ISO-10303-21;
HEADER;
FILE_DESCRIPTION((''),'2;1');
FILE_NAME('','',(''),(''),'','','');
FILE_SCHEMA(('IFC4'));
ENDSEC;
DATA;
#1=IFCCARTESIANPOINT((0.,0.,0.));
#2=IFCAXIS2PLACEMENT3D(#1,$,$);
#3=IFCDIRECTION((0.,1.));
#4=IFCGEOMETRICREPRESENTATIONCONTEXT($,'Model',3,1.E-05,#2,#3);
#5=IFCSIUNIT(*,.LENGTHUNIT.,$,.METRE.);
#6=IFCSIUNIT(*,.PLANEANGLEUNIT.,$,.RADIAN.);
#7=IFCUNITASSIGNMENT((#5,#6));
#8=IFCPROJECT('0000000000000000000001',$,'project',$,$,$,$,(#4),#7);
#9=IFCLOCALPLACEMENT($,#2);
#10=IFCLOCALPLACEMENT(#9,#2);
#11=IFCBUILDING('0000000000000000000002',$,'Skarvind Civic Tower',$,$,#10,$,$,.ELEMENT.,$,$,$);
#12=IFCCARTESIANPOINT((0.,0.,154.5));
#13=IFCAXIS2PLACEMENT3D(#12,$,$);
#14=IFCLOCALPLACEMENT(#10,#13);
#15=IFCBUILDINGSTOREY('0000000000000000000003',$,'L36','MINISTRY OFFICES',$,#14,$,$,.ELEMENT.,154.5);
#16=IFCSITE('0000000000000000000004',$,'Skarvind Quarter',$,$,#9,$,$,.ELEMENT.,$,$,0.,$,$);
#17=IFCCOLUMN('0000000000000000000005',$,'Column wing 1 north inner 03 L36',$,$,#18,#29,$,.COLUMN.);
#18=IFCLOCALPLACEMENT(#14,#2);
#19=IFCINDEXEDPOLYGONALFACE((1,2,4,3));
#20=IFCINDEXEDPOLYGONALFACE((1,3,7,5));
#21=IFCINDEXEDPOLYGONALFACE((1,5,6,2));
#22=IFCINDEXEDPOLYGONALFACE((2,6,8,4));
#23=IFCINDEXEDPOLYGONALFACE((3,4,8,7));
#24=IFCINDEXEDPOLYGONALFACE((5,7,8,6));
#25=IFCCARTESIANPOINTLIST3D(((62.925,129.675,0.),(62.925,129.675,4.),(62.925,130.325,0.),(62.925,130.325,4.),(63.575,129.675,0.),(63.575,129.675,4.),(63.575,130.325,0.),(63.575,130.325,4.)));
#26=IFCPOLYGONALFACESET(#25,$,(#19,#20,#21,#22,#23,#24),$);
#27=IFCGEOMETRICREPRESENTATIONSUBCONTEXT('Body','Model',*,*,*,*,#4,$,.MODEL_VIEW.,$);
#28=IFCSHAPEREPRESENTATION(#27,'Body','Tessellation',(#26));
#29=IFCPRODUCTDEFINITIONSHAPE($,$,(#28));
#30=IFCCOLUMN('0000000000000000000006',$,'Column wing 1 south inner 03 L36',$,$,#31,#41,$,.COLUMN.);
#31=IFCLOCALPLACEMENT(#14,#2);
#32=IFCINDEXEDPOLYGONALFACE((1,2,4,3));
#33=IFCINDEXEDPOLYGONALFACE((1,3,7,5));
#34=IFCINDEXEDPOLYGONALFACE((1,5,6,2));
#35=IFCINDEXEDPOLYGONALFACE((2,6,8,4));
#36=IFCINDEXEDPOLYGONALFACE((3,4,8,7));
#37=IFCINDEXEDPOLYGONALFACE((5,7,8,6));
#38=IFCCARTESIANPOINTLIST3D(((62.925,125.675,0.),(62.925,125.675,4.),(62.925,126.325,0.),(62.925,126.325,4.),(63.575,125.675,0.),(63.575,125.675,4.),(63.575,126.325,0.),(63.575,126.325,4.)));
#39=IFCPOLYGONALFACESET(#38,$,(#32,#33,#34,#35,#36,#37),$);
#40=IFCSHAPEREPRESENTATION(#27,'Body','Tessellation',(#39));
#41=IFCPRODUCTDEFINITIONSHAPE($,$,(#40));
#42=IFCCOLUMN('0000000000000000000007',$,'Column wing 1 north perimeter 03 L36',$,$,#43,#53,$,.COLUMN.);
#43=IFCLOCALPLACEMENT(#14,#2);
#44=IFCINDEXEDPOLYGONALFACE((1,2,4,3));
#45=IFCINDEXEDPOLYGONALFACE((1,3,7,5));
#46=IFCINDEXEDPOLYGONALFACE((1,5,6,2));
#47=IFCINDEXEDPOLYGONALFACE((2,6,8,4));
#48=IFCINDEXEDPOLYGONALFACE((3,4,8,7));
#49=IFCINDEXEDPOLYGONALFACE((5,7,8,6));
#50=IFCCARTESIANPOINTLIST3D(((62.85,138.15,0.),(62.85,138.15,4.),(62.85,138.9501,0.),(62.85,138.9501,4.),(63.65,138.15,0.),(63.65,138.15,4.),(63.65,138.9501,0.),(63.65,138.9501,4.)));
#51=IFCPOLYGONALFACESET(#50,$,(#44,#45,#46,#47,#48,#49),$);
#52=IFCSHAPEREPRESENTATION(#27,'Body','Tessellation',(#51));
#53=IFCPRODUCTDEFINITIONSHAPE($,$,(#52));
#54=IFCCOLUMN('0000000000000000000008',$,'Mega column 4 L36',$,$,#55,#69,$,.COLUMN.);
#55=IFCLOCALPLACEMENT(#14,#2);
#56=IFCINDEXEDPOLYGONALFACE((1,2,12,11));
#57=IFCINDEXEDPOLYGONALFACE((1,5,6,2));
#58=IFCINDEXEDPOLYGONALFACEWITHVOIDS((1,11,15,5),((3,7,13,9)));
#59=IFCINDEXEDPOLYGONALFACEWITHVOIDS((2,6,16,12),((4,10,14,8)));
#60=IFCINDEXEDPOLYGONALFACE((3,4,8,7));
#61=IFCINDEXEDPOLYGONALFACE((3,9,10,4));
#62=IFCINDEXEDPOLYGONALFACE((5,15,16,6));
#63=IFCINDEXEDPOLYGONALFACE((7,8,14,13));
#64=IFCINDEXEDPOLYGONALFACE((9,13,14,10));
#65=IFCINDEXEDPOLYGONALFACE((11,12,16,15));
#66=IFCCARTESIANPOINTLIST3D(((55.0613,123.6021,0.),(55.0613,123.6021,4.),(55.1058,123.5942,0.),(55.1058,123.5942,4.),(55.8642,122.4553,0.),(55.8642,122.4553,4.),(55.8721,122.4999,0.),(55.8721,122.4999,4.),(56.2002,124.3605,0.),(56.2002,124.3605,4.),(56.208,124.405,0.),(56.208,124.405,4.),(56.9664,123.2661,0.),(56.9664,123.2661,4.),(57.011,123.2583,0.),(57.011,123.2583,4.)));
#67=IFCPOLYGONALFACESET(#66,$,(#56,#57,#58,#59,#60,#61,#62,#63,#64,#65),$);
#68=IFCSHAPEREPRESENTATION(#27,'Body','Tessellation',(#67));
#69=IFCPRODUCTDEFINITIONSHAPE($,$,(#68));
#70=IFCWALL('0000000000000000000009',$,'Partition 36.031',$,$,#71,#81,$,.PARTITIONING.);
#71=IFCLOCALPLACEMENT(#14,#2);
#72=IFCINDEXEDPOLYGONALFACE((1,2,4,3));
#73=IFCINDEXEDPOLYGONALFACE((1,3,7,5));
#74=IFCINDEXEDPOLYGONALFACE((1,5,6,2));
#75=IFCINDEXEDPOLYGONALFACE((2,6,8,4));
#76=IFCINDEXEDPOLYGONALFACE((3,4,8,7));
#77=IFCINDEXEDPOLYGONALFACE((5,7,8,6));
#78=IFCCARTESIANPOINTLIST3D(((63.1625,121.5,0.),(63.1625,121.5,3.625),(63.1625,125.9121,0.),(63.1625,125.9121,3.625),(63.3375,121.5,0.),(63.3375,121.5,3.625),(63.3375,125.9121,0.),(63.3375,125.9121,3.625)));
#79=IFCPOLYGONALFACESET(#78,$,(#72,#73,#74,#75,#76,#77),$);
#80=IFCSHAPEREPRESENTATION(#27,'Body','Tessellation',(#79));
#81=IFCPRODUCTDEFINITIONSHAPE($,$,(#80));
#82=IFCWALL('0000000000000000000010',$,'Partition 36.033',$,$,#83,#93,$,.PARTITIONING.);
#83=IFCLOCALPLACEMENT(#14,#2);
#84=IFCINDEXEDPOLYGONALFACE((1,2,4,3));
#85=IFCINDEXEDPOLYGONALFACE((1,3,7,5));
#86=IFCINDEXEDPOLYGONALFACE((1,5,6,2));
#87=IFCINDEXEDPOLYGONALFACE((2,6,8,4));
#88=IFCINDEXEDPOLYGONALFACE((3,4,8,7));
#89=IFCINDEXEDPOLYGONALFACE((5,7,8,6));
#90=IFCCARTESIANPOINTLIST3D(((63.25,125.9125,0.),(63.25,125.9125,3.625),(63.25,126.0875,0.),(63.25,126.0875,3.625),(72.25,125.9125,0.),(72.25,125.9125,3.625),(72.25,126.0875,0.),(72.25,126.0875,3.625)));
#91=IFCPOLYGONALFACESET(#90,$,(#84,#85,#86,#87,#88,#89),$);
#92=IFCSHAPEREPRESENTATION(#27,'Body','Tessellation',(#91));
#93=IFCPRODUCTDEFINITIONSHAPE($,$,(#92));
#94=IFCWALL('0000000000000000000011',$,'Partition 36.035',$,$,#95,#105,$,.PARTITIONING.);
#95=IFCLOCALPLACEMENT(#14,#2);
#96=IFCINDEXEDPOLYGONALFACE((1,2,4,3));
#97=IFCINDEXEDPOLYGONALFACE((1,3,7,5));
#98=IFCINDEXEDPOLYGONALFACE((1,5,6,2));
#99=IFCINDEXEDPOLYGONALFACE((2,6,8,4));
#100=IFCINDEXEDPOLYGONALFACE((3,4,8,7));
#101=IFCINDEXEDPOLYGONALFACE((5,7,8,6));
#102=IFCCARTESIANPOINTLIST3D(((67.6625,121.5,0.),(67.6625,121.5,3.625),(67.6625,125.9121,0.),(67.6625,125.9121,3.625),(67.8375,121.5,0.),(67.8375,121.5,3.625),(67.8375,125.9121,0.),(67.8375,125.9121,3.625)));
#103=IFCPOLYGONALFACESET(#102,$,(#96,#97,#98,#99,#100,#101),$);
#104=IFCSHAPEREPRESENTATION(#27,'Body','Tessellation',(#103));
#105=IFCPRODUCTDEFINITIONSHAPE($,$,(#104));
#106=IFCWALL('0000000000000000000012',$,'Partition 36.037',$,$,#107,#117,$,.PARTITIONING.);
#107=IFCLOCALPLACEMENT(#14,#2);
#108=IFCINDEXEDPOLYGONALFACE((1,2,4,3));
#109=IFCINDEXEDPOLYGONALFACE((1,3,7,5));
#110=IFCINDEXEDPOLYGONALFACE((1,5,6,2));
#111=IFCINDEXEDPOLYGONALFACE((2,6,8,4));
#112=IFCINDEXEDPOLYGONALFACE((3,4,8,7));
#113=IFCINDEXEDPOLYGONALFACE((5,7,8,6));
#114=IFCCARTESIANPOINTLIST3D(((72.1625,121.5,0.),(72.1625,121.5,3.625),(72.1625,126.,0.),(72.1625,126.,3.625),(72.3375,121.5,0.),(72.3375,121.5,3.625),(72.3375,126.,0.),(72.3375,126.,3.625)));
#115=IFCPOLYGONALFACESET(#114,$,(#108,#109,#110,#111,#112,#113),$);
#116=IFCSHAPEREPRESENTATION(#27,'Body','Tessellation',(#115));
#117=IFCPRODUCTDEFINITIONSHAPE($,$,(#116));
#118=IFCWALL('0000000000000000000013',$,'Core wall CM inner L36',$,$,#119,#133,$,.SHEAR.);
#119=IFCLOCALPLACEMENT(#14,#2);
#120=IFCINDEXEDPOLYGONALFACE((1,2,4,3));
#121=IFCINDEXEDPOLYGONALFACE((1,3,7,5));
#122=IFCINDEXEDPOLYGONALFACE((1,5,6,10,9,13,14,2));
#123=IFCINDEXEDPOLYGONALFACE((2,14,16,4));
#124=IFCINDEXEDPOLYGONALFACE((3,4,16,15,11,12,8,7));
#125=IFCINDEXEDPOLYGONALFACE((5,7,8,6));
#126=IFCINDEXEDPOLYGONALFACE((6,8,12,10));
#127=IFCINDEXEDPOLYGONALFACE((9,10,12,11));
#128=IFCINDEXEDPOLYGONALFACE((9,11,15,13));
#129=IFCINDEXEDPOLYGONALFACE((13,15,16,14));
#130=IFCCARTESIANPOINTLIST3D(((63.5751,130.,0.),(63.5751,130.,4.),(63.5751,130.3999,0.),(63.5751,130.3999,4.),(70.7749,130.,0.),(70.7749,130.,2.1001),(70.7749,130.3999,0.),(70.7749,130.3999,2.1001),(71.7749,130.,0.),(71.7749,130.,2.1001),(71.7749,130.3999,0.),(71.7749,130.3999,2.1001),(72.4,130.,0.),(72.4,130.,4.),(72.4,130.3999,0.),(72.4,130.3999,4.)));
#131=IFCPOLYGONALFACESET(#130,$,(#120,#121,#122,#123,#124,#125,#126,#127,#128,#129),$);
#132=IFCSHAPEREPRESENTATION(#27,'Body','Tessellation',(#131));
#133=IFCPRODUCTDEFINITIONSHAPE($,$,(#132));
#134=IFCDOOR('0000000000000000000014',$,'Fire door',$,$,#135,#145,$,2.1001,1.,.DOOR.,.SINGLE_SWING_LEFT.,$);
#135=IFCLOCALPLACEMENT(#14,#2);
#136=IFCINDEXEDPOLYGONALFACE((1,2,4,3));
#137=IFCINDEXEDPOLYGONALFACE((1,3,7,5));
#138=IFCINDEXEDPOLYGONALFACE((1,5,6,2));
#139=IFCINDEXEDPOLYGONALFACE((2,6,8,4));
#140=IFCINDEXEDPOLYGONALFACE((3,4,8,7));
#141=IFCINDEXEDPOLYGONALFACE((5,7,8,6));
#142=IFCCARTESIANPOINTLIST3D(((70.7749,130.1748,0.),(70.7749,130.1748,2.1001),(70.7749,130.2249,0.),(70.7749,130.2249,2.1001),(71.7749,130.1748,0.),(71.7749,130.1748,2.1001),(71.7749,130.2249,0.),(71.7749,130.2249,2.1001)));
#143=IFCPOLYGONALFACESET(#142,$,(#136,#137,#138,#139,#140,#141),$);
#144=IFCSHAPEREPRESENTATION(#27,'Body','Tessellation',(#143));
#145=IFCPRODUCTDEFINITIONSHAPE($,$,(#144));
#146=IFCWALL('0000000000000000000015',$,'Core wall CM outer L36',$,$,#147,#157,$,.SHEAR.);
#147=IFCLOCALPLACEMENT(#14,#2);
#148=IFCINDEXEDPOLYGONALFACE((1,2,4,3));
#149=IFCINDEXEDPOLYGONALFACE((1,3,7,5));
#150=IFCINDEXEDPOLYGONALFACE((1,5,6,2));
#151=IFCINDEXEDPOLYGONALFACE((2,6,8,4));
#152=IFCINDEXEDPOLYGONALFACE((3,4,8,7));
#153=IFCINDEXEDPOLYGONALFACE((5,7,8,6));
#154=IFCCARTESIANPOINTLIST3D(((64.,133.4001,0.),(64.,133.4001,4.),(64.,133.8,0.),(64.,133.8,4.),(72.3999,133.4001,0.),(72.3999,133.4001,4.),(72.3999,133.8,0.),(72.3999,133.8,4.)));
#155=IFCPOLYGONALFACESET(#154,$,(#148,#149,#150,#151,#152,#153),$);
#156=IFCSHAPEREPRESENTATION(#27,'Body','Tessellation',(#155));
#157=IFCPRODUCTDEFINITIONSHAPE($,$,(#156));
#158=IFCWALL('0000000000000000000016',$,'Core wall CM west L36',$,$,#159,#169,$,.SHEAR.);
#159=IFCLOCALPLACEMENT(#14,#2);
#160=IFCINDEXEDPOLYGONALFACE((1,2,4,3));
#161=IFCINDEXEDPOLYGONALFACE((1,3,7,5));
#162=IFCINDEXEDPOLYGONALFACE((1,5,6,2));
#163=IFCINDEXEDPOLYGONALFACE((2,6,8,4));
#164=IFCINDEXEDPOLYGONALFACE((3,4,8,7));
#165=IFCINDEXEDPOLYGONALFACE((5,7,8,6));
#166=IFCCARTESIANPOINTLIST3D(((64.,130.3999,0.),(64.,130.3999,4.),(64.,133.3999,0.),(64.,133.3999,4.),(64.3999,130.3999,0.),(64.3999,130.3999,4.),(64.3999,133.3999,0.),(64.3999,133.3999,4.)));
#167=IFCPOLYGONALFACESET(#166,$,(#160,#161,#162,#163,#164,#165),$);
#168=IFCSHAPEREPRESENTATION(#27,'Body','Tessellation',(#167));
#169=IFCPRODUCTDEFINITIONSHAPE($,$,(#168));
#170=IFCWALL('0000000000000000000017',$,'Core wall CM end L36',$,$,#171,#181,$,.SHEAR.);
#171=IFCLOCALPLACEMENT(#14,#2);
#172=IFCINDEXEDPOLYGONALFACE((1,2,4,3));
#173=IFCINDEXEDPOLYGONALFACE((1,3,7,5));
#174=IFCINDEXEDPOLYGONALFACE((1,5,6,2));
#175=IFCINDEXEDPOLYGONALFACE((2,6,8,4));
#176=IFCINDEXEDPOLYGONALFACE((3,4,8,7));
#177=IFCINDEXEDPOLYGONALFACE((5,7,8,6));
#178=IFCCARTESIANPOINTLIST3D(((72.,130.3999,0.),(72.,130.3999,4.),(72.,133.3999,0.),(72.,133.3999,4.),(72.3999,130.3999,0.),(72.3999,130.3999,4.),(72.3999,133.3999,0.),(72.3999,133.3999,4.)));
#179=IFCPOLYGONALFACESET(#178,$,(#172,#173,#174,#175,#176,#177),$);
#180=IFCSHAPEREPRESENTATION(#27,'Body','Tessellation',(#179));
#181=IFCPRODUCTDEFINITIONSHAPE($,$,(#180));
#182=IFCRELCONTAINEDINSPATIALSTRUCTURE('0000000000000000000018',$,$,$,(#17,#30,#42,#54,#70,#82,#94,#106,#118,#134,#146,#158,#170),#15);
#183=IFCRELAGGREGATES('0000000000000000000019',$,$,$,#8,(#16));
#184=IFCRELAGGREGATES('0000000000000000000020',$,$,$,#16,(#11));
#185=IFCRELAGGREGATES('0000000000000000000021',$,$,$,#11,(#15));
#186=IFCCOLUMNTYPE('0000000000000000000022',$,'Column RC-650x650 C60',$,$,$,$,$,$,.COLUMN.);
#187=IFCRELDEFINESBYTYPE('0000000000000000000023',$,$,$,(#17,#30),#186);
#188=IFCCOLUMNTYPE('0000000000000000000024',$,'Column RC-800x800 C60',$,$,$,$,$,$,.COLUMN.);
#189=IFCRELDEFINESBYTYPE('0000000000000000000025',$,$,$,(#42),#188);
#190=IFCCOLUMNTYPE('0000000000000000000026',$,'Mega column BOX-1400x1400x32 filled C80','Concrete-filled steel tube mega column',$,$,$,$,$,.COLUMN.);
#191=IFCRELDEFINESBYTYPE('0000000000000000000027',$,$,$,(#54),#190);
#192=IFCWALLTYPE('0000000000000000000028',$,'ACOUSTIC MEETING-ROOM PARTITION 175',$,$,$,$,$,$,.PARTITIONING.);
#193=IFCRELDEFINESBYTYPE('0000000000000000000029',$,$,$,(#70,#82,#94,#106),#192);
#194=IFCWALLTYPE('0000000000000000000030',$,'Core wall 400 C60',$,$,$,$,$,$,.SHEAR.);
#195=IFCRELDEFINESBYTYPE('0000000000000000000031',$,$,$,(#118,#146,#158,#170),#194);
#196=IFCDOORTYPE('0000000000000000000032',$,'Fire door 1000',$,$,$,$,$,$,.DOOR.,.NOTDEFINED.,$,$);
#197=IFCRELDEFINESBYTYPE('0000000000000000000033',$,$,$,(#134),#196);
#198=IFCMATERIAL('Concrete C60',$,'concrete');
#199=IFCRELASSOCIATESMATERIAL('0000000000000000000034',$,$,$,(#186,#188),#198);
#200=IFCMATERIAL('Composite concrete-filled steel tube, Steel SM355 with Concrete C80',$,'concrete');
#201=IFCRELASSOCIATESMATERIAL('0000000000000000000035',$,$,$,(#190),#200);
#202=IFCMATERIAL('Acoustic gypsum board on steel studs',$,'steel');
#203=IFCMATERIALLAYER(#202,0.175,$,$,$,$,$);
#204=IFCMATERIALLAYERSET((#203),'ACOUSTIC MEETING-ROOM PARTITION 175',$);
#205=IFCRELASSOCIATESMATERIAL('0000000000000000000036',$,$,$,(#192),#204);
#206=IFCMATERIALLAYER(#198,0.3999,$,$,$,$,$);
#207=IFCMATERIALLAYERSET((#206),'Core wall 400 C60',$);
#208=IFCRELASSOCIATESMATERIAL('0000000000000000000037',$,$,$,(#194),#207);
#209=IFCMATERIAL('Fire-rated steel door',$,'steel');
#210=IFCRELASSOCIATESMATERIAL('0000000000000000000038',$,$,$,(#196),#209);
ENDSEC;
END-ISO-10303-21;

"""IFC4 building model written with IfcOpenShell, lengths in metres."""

from ifc_helpers import new_model, si_unit, direction, frame, frame_2d, origin, origin_2d, place, context, subcontext, project, spatial, rectangle, hollow_rectangle, extrude, material, layer, layer_set, material_profile, profile_set, type_object, element, fill, save


model = new_model("IFC4")

# Units and contexts
model_context = context("Model", 3, precision=1e-05, world=origin(), true_north=direction((0.0, 1.0)))
body_context = subcontext(model_context, "Body", "Model", "MODEL_VIEW")
ifc_project = project(units=[si_unit("LENGTHUNIT", "METRE"), si_unit("PLANEANGLEUNIT", "RADIAN")], contexts=[model_context])

# Site, building, storey
site_placement = place(None, origin())
site = spatial("IfcSite", under=ifc_project, at=site_placement, Name="Skarvind Quarter", CompositionType="ELEMENT", RefElevation=0.0)
building_placement = place(site_placement, origin())
building = spatial("IfcBuilding", under=site, at=building_placement, Name="Skarvind Civic Tower", CompositionType="ELEMENT")
storey_placement = place(building_placement, frame((0.0, 0.0, 154.5)))
storey = spatial("IfcBuildingStorey", under=building, at=storey_placement, Name="L36", Description="MINISTRY OFFICES", CompositionType="ELEMENT", Elevation=154.5)

# Columns
ifc_material_1 = material(Name="Concrete C60", Category="concrete")
ifc_material_profile_1 = material_profile(ifc_material_1, rectangle(XDim=0.6499, YDim=0.6499, at=origin_2d()), Name="RC-650x650")
ifc_profile_set_1 = profile_set([ifc_material_profile_1], Name="Concrete C60")
column_type_1 = type_object("IfcColumnType", Name="Column RC-650x650 C60", PredefinedType="COLUMN", material=ifc_profile_set_1)
for number, where, z_axis, x_axis, name in (
    (1, (63.25, 130.0, 0.0), (0.0, 0.0, 1.0), (1.0, 0.0, 0.0), "Column wing 1 north inner 03 L36"),
    (2, (63.25, 126.0, 0.0), (0.0, 0.0, 1.0), (1.0, 0.0, 0.0), "Column wing 1 south inner 03 L36"),
):
    element("IfcColumn", number, at=place(storey_placement, frame(where, z_axis=z_axis, x_axis=x_axis)), inside=storey, type_object=column_type_1, Name=name, PredefinedType="COLUMN", context=body_context, shape_type="SweptSolid", body=[
        extrude(rectangle(XDim=0.6499, YDim=0.6499, at=origin_2d()), origin(), (0.0, 0.0, 1.0), 4.0),
    ])
ifc_material_profile_2 = material_profile(ifc_material_1, rectangle(XDim=0.8, YDim=0.8, at=origin_2d()), Name="RC-800x800")
ifc_profile_set_2 = profile_set([ifc_material_profile_2], Name="Concrete C60")
column_type_2 = type_object("IfcColumnType", Name="Column RC-800x800 C60", PredefinedType="COLUMN", material=ifc_profile_set_2)
column_1_placement = place(storey_placement, frame((63.25, 138.55, 0.0), z_axis=(0.0, 0.0, 1.0), x_axis=(1.0, 0.0, 0.0)))
element("IfcColumn", 3, at=column_1_placement, inside=storey, type_object=column_type_2, Name="Column wing 1 north perimeter 03 L36", PredefinedType="COLUMN", context=body_context, shape_type="SweptSolid", body=[
    extrude(rectangle(XDim=0.8, YDim=0.8, at=origin_2d()), origin(), (0.0, 0.0, 1.0), 4.0),
])
ifc_material_2 = material(Name="Composite concrete-filled steel tube, Steel SM355 with Concrete C80", Category="concrete")
ifc_material_profile_3 = material_profile(ifc_material_2, hollow_rectangle(XDim=1.3999, YDim=1.3999, WallThickness=0.032, at=origin_2d()), Name="BOX-1400x1400x32")
ifc_profile_set_3 = profile_set([ifc_material_profile_3], Name="Composite concrete-filled steel tube, Steel SM355 with Concrete C80")
column_type_3 = type_object("IfcColumnType", Name="Mega column BOX-1400x1400x32 filled C80", Description="Concrete-filled steel tube mega column", PredefinedType="COLUMN", material=ifc_profile_set_3)
column_2_placement = place(storey_placement, frame((56.0361, 123.4302, 0.0), z_axis=(0.0, 0.0, 1.0), x_axis=(0.573576, -0.819152, 0.0)))
element("IfcColumn", 4, at=column_2_placement, inside=storey, type_object=column_type_3, Name="Mega column 4 L36", PredefinedType="COLUMN", context=body_context, shape_type="SweptSolid", body=[
    extrude(hollow_rectangle(XDim=1.3999, YDim=1.3999, WallThickness=0.032, at=origin_2d()), origin(), (0.0, 0.0, 1.0), 4.0),
])

# Walls
ifc_material_3 = material(Name="Acoustic gypsum board on steel studs", Category="steel")
ifc_layer_1 = layer(ifc_material_3, 0.175)
ifc_layer_set_1 = layer_set([ifc_layer_1], Name="ACOUSTIC MEETING-ROOM PARTITION 175")
wall_type_1 = type_object("IfcWallType", Name="ACOUSTIC MEETING-ROOM PARTITION 175", PredefinedType="PARTITIONING", material=ifc_layer_set_1)
wall_1_placement = place(storey_placement, frame((63.25, 121.5, 0.0), z_axis=(0.0, 0.0, 1.0), x_axis=(0.0, 1.0, 0.0)))
element("IfcWall", 5, at=wall_1_placement, inside=storey, type_object=wall_type_1, Name="Partition 36.031", PredefinedType="PARTITIONING", context=body_context, shape_type="SweptSolid", body=[
    extrude(rectangle(XDim=4.4121, YDim=0.175, at=frame_2d((2.2061, 0.0))), origin(), (0.0, 0.0, 1.0), 3.625),
])
wall_2_placement = place(storey_placement, frame((63.25, 126.0, 0.0), z_axis=(0.0, 0.0, 1.0), x_axis=(1.0, 0.0, 0.0)))
element("IfcWall", 6, at=wall_2_placement, inside=storey, type_object=wall_type_1, Name="Partition 36.033", PredefinedType="PARTITIONING", context=body_context, shape_type="SweptSolid", body=[
    extrude(rectangle(XDim=9.0, YDim=0.175, at=frame_2d((4.5, 0.0))), origin(), (0.0, 0.0, 1.0), 3.625),
])
wall_3_placement = place(storey_placement, frame((67.75, 121.5, 0.0), z_axis=(0.0, 0.0, 1.0), x_axis=(0.0, 1.0, 0.0)))
element("IfcWall", 7, at=wall_3_placement, inside=storey, type_object=wall_type_1, Name="Partition 36.035", PredefinedType="PARTITIONING", context=body_context, shape_type="SweptSolid", body=[
    extrude(rectangle(XDim=4.4121, YDim=0.175, at=frame_2d((2.2061, 0.0))), origin(), (0.0, 0.0, 1.0), 3.625),
])
wall_4_placement = place(storey_placement, frame((72.25, 121.5, 0.0), z_axis=(0.0, 0.0, 1.0), x_axis=(0.0, 1.0, 0.0)))
element("IfcWall", 8, at=wall_4_placement, inside=storey, type_object=wall_type_1, Name="Partition 36.037", PredefinedType="PARTITIONING", context=body_context, shape_type="SweptSolid", body=[
    extrude(rectangle(XDim=4.5, YDim=0.175, at=frame_2d((2.25, 0.0))), origin(), (0.0, 0.0, 1.0), 3.625),
])

# Wall, opening, door
ifc_layer_2 = layer(ifc_material_1, 0.3999)
ifc_layer_set_2 = layer_set([ifc_layer_2], Name="Core wall 400 C60")
wall_type_2 = type_object("IfcWallType", Name="Core wall 400 C60", PredefinedType="SHEAR", material=ifc_layer_set_2)
wall_5_placement = place(storey_placement, frame((63.575, 130.2, 0.0), z_axis=(0.0, 0.0, 1.0), x_axis=(1.0, 0.0, 0.0)))
wall_5 = element("IfcWall", 9, at=wall_5_placement, inside=storey, type_object=wall_type_2, Name="Core wall CM inner L36", PredefinedType="SHEAR", context=body_context, shape_type="SweptSolid", body=[
    extrude(rectangle(XDim=8.825, YDim=0.3999, at=frame_2d((4.4126, 0.0))), origin(), (0.0, 0.0, 1.0), 4.0),
])
opening_1_placement = place(wall_5_placement, frame((7.2, 0.0, 0.0)))
opening_1 = element("IfcOpeningElement", 10, at=opening_1_placement, cuts=wall_5, PredefinedType="OPENING", context=body_context, shape_type="SweptSolid", body=[
    extrude(rectangle(XDim=1.0, YDim=2.1001, at=frame_2d((0.5, 1.05))), frame((0.0, 0.21, 0.0), z_axis=(0.0, -1.0, 0.0), x_axis=(1.0, 0.0, 0.0)), (0.0, 0.0, 1.0), 0.4199),
])
ifc_material_4 = material(Name="Fire-rated steel door", Category="steel")
door_type_1 = type_object("IfcDoorType", Name="Fire door 1000", OperationType="NOTDEFINED", PredefinedType="DOOR", material=ifc_material_4)
door_1_placement = place(opening_1_placement, origin())
door_1 = element("IfcDoor", 11, at=door_1_placement, inside=storey, type_object=door_type_1, Name="Fire door", OperationType="SINGLE_SWING_LEFT", OverallHeight=2.1001, OverallWidth=1.0, PredefinedType="DOOR", context=body_context, shape_type="SweptSolid", body=[
    extrude(rectangle(XDim=1.0, YDim=2.1001, at=frame_2d((0.5, 1.05))), frame((0.0, 0.0249, 0.0), z_axis=(0.0, -1.0, 0.0), x_axis=(1.0, 0.0, 0.0)), (0.0, 0.0, 1.0), 0.05),
])
fill(opening_1, door_1)

# Walls
wall_6_placement = place(storey_placement, frame((64.0, 133.6001, 0.0), z_axis=(0.0, 0.0, 1.0), x_axis=(1.0, 0.0, 0.0)))
element("IfcWall", 12, at=wall_6_placement, inside=storey, type_object=wall_type_2, Name="Core wall CM outer L36", PredefinedType="SHEAR", context=body_context, shape_type="SweptSolid", body=[
    extrude(rectangle(XDim=8.3999, YDim=0.3999, at=frame_2d((4.2, 0.0))), origin(), (0.0, 0.0, 1.0), 4.0),
])
for number, where, z_axis, x_axis, name in (
    (13, (64.2, 130.3999, 0.0), (0.0, 0.0, 1.0), (0.0, 1.0, 0.0), "Core wall CM west L36"),
    (14, (72.2, 130.3999, 0.0), (0.0, 0.0, 1.0), (0.0, 1.0, 0.0), "Core wall CM end L36"),
):
    element("IfcWall", number, at=place(storey_placement, frame(where, z_axis=z_axis, x_axis=x_axis)), inside=storey, type_object=wall_type_2, Name=name, PredefinedType="SHEAR", context=body_context, shape_type="SweptSolid", body=[
        extrude(rectangle(XDim=3.0, YDim=0.3999, at=frame_2d((1.5, 0.0))), origin(), (0.0, 0.0, 1.0), 4.0),
    ])

save(model, "model.ifc")
